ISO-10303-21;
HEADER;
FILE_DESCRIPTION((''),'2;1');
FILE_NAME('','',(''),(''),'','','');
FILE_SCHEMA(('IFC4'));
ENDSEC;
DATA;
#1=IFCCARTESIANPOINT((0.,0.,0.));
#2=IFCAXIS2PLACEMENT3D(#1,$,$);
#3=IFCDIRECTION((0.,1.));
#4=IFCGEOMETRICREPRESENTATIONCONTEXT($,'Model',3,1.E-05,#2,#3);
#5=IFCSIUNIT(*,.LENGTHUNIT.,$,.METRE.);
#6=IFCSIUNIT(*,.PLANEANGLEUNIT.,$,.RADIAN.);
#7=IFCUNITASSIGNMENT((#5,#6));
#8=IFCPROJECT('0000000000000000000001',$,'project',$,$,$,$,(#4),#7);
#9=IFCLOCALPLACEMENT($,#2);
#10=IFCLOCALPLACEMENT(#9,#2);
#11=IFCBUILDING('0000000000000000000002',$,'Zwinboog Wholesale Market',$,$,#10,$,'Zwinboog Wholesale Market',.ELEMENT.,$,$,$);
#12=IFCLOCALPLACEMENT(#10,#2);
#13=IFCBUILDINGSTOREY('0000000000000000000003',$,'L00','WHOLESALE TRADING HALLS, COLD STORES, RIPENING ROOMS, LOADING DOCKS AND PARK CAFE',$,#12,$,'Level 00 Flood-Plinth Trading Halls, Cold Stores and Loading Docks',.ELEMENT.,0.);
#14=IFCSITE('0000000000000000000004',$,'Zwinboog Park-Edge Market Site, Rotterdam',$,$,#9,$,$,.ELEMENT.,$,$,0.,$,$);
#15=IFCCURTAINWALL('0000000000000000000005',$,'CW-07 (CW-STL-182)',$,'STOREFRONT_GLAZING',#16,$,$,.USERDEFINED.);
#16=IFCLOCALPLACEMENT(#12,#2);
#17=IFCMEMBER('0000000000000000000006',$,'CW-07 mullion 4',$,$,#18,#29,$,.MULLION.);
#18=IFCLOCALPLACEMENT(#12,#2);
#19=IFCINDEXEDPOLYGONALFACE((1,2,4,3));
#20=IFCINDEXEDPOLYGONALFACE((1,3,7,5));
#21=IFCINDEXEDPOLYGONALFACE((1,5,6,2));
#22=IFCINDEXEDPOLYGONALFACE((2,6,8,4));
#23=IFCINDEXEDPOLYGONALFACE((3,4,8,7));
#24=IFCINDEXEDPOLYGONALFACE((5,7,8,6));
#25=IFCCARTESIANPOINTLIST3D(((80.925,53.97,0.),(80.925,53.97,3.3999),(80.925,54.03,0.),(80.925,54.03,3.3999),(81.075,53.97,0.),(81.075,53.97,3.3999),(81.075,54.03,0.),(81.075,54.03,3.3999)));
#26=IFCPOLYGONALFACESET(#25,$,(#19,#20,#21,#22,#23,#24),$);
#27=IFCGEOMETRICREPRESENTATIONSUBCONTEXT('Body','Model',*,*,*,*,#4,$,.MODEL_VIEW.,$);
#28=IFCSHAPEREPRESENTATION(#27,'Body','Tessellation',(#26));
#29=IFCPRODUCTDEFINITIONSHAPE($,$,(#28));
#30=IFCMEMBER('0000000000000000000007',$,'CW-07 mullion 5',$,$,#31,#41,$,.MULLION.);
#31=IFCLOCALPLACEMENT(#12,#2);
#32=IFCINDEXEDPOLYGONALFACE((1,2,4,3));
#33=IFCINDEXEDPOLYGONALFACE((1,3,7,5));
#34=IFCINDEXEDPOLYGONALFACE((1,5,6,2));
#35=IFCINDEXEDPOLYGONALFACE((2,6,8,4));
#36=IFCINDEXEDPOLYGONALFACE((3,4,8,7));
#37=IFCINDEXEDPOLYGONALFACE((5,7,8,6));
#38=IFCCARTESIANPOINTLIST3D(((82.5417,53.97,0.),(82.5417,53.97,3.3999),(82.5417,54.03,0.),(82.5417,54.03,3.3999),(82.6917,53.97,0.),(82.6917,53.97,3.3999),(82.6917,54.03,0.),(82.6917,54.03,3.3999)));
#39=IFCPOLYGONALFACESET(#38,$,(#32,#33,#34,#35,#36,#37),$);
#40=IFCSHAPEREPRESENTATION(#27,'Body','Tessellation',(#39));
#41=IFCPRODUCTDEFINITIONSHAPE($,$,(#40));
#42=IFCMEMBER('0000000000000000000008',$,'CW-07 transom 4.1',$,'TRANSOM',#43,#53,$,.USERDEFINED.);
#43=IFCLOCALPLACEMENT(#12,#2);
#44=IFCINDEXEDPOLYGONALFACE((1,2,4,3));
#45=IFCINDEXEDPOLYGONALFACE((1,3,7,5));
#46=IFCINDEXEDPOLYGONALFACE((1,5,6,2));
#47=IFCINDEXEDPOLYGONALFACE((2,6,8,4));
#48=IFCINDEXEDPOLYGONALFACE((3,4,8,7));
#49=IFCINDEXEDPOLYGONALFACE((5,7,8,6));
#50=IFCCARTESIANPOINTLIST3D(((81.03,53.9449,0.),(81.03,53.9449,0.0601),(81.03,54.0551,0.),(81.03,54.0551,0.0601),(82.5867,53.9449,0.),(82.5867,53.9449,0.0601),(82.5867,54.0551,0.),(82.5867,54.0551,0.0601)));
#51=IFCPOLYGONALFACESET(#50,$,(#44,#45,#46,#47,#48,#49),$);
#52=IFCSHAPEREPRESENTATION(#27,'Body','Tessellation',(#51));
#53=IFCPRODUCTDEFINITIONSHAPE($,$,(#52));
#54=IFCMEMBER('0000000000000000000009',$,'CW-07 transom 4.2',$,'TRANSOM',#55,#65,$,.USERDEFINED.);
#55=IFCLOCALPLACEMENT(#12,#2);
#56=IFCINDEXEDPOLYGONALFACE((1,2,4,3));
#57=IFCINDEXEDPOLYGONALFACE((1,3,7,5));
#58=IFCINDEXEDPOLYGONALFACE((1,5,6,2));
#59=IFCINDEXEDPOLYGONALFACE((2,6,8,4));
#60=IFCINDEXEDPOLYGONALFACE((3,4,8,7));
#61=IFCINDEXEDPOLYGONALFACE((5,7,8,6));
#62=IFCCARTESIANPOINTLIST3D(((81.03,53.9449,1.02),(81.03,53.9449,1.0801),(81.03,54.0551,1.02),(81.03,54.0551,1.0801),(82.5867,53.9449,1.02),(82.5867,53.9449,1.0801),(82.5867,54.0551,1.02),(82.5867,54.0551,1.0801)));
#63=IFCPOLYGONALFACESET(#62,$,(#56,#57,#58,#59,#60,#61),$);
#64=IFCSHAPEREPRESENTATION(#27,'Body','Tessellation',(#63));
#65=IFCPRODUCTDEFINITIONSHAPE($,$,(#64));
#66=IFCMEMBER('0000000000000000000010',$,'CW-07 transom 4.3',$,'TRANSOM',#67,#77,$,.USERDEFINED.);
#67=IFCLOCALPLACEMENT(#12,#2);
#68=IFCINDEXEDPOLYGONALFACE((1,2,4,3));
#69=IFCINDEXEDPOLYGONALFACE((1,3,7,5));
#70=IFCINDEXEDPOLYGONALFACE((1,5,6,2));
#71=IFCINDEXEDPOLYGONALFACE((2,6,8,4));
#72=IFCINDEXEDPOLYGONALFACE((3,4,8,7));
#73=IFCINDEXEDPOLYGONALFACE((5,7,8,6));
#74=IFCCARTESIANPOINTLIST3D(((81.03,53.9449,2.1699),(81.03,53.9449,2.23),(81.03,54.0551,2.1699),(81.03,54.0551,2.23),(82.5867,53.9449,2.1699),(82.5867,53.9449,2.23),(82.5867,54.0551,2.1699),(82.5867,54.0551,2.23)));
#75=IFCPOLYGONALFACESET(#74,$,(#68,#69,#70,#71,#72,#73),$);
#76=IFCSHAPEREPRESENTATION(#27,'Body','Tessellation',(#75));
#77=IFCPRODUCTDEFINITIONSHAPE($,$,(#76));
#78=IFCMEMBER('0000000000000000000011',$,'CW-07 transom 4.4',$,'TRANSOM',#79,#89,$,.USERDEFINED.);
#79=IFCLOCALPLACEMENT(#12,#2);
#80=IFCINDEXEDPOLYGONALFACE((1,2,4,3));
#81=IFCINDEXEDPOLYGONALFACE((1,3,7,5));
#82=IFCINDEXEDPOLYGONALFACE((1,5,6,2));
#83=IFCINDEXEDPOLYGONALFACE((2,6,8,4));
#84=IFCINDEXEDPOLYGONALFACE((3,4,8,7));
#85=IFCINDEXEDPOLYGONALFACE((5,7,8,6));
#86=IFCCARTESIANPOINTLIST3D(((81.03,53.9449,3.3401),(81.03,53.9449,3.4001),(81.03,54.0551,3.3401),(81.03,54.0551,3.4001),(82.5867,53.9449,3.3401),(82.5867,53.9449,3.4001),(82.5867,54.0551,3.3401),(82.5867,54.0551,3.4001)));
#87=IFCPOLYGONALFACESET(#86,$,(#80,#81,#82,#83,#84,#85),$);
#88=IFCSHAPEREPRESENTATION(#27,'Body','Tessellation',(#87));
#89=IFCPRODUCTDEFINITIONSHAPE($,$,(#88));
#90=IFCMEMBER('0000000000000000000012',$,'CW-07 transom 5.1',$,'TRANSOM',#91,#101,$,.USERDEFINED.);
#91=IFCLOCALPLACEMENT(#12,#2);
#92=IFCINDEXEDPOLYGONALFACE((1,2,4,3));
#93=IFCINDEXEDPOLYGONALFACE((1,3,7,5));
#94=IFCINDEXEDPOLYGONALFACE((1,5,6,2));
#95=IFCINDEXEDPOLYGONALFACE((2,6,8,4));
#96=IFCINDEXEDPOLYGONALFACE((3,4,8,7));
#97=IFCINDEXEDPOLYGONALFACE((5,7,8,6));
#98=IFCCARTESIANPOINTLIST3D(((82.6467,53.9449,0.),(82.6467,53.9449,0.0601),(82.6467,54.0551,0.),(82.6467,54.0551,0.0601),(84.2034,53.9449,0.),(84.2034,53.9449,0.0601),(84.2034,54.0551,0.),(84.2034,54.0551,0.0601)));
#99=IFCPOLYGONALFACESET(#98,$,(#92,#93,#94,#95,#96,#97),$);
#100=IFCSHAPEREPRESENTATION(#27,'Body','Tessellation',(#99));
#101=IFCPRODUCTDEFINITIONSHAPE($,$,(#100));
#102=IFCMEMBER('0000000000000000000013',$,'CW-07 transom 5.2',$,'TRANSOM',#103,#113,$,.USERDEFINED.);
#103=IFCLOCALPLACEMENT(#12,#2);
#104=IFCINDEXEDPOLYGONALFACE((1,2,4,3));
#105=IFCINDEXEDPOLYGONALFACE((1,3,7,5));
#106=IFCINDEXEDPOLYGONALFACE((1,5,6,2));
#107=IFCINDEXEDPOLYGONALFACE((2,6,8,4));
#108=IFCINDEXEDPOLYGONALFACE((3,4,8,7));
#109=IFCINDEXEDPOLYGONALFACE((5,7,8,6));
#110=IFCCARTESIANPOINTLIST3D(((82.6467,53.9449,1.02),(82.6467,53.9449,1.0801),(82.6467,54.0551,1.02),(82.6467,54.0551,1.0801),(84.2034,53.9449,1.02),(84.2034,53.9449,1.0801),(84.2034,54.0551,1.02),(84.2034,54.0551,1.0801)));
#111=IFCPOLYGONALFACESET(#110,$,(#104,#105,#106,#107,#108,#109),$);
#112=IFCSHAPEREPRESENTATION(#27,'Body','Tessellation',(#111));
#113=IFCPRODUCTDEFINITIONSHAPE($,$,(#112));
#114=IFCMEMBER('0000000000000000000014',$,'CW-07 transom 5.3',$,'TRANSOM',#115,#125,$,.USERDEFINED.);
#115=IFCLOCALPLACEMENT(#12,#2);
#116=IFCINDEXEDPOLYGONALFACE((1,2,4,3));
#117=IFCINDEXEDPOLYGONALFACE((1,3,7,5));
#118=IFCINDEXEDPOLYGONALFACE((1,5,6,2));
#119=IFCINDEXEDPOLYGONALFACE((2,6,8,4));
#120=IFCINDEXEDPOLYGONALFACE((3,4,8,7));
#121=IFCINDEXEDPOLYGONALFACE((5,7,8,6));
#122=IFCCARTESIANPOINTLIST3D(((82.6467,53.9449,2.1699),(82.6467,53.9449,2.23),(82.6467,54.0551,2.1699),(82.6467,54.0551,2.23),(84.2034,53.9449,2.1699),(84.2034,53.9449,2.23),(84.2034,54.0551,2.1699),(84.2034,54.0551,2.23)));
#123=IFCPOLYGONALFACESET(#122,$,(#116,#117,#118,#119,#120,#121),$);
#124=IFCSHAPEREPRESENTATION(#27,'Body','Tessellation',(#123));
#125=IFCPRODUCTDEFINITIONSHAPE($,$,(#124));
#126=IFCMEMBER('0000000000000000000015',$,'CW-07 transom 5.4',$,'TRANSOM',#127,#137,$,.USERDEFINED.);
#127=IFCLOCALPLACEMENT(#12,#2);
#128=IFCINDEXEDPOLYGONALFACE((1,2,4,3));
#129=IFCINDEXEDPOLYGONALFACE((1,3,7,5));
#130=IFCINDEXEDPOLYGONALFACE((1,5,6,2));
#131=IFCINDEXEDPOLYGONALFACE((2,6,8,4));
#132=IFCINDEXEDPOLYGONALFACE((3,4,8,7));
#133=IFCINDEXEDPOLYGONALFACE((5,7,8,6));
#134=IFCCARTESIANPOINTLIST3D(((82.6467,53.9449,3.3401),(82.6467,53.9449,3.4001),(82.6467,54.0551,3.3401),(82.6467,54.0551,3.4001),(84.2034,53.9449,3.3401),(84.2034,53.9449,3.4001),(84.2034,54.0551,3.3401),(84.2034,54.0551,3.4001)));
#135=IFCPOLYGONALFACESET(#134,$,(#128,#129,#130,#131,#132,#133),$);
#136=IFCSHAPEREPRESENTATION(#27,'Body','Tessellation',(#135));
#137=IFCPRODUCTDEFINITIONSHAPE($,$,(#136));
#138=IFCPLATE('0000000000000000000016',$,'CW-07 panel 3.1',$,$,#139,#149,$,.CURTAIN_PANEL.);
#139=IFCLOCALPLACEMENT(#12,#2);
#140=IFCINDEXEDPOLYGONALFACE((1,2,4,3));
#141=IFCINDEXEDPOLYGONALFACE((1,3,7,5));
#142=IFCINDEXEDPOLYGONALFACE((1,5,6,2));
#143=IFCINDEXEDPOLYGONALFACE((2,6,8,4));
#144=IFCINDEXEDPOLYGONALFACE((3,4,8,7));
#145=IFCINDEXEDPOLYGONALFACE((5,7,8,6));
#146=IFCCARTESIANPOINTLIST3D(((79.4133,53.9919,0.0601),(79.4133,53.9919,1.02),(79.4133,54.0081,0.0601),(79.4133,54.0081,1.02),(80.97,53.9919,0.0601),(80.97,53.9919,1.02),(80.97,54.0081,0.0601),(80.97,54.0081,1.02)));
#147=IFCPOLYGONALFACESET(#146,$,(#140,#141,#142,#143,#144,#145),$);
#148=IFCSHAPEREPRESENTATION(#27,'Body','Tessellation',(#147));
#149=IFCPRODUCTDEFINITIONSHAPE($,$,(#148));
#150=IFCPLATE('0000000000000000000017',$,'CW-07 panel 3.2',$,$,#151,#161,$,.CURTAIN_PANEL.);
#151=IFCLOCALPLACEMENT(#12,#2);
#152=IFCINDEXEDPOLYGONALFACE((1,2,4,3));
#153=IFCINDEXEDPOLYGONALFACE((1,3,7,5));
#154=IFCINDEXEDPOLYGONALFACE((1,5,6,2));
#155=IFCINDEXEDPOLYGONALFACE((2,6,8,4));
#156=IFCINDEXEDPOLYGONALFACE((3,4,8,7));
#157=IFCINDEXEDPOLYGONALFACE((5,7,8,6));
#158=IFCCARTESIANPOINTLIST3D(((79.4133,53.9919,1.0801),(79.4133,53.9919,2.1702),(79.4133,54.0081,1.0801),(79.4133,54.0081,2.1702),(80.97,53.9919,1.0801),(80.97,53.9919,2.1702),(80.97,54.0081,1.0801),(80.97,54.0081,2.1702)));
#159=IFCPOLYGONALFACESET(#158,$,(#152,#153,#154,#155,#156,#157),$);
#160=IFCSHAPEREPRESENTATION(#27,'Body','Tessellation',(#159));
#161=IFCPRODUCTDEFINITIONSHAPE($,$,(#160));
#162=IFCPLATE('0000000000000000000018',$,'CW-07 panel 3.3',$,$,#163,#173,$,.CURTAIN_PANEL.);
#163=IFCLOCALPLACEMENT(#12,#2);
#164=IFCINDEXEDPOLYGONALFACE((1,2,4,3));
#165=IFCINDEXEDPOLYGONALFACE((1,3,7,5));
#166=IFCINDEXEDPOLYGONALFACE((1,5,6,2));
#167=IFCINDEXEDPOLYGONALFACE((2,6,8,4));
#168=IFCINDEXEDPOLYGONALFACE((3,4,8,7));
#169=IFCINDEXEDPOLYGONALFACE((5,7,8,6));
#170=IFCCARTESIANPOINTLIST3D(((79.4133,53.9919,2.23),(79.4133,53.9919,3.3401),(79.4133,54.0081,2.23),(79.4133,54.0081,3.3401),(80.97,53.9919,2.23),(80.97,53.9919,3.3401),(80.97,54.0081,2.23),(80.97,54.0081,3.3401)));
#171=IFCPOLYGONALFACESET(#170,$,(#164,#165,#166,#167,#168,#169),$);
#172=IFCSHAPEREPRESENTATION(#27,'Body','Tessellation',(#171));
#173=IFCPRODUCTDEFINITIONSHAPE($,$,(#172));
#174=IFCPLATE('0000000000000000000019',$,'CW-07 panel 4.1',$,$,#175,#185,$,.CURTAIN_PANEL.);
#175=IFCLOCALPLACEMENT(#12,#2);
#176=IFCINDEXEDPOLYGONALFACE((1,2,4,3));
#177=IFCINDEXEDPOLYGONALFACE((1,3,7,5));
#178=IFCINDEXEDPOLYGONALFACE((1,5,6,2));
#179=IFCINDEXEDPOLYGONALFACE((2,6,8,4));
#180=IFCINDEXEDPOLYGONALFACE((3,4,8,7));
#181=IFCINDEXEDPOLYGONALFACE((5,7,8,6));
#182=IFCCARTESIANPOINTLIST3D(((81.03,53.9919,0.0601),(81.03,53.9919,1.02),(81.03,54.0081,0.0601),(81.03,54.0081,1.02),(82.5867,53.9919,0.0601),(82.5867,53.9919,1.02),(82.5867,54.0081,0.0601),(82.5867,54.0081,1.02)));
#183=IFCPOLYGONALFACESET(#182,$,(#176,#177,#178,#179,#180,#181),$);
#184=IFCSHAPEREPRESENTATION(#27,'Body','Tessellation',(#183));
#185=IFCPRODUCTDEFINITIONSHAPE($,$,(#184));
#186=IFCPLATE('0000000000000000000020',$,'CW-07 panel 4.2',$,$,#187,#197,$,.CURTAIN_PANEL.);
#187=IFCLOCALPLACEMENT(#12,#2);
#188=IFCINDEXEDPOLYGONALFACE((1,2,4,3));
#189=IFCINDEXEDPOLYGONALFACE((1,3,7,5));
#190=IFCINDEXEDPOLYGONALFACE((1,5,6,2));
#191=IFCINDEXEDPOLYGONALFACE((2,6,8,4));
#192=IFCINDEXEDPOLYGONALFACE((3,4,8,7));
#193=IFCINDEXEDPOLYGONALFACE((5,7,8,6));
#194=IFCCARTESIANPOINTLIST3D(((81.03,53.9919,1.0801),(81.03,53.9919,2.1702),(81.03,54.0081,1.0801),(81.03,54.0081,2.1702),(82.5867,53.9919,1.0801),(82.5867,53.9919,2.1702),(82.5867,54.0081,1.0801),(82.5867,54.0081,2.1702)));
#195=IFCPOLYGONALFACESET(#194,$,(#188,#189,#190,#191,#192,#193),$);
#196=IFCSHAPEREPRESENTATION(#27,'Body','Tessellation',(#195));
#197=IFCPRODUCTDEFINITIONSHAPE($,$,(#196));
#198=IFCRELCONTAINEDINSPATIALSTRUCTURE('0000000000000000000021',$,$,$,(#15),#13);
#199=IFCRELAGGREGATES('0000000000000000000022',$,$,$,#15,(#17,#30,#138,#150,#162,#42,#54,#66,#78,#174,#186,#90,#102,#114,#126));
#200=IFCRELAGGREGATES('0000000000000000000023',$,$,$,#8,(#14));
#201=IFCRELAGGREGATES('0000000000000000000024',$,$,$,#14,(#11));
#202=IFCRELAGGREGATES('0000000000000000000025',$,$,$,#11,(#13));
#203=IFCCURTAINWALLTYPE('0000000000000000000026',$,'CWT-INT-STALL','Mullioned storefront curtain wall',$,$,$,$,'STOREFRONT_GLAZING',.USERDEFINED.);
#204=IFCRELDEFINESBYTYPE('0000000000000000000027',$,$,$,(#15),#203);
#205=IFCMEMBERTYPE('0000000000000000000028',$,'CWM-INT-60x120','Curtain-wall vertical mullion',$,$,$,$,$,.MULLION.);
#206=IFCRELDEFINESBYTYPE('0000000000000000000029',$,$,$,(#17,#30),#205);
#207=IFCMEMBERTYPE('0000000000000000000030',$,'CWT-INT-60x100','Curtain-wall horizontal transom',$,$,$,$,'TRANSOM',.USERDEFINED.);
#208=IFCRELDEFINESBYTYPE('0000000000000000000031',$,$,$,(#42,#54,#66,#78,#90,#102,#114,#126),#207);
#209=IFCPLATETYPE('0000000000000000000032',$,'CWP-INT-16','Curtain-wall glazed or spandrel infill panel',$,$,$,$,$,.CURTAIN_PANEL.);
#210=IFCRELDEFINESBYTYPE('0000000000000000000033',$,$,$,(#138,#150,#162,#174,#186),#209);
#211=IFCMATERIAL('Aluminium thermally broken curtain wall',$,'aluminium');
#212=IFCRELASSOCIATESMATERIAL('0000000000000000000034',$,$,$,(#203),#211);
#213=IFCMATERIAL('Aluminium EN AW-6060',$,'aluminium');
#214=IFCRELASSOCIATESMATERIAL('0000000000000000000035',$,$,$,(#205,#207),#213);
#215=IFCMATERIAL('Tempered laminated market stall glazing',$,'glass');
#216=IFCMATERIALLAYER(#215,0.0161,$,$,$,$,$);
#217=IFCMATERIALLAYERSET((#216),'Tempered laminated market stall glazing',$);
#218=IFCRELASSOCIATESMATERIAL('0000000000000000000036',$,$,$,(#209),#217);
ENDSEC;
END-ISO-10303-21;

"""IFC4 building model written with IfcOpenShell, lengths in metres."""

from ifc_helpers import new_model, si_unit, direction, frame, origin, origin_2d, place, context, subcontext, project, spatial, rectangle, extrude, material, layer, layer_set, material_profile, profile_set, type_object, element, aggregate, save


model = new_model("IFC4")

# Units and contexts
model_context = context("Model", 3, precision=1e-05, world=origin(), true_north=direction((0.0, 1.0)))
body_context = subcontext(model_context, "Body", "Model", "MODEL_VIEW")
ifc_project = project(units=[si_unit("LENGTHUNIT", "METRE"), si_unit("PLANEANGLEUNIT", "RADIAN")], contexts=[model_context])

# Site, building, storey
site_placement = place(None, origin())
site = spatial("IfcSite", under=ifc_project, at=site_placement, Name="Zwinboog Park-Edge Market Site, Rotterdam", CompositionType="ELEMENT", RefElevation=0.0)
building_placement = place(site_placement, origin())
building = spatial("IfcBuilding", under=site, at=building_placement, Name="Zwinboog Wholesale Market", LongName="Zwinboog Wholesale Market", CompositionType="ELEMENT")
storey_placement = place(building_placement, origin())
storey = spatial("IfcBuildingStorey", under=building, at=storey_placement, Name="L00", Description="WHOLESALE TRADING HALLS, COLD STORES, RIPENING ROOMS, LOADING DOCKS AND PARK CAFE", LongName="Level 00 Flood-Plinth Trading Halls, Cold Stores and Loading Docks", CompositionType="ELEMENT", Elevation=0.0)

# Curtain wall, members, plates
ifc_material_1 = material(Name="Aluminium thermally broken curtain wall", Category="aluminium")
curtain_wall_type = type_object("IfcCurtainWallType", Name="CWT-INT-STALL", Description="Mullioned storefront curtain wall", ElementType="STOREFRONT_GLAZING", PredefinedType="USERDEFINED", material=ifc_material_1)
curtain_wall_placement = place(storey_placement, origin())
curtain_wall = element("IfcCurtainWall", 1, at=curtain_wall_placement, inside=storey, type_object=curtain_wall_type, Name="CW-07 (CW-STL-182)", ObjectType="STOREFRONT_GLAZING", PredefinedType="USERDEFINED")
ifc_material_2 = material(Name="Aluminium EN AW-6060", Category="aluminium")
ifc_material_profile_1 = material_profile(ifc_material_2, rectangle(XDim=0.0601, YDim=0.1499, at=origin_2d()), Name="AL 60x150")
ifc_profile_set_1 = profile_set([ifc_material_profile_1], Name="Aluminium EN AW-6060")
member_type_1 = type_object("IfcMemberType", Name="CWM-INT-60x120", Description="Curtain-wall vertical mullion", PredefinedType="MULLION", material=ifc_profile_set_1)
member_1_placement = place(storey_placement, frame((81.0, 54.0, 0.0), z_axis=(0.0, 0.0, 1.0), x_axis=(0.0, 1.0, 0.0)))
member_1 = element("IfcMember", 2, at=member_1_placement, type_object=member_type_1, Name="CW-07 mullion 4", PredefinedType="MULLION", context=body_context, shape_type="SweptSolid", body=[
    extrude(rectangle(XDim=0.0601, YDim=0.1499, at=origin_2d()), origin(), (0.0, 0.0, 1.0), 3.3999),
])
member_2_placement = place(storey_placement, frame((82.6167, 54.0, 0.0), z_axis=(0.0, 0.0, 1.0), x_axis=(0.0, 1.0, 0.0)))
member_2 = element("IfcMember", 3, at=member_2_placement, type_object=member_type_1, Name="CW-07 mullion 5", PredefinedType="MULLION", context=body_context, shape_type="SweptSolid", body=[
    extrude(rectangle(XDim=0.0601, YDim=0.1499, at=origin_2d()), origin(), (0.0, 0.0, 1.0), 3.3999),
])
ifc_material_profile_2 = material_profile(ifc_material_2, rectangle(XDim=0.1101, YDim=0.0601, at=origin_2d()), Name="AL 60x110")
ifc_profile_set_2 = profile_set([ifc_material_profile_2], Name="Aluminium EN AW-6060")
member_type_2 = type_object("IfcMemberType", Name="CWT-INT-60x100", Description="Curtain-wall horizontal transom", ElementType="TRANSOM", PredefinedType="USERDEFINED", material=ifc_profile_set_2)
member_3_placement = place(storey_placement, frame((81.03, 54.0, 0.03), z_axis=(1.0, 0.0, 0.0), x_axis=(0.0, 1.0, 0.0)))
member_3 = element("IfcMember", 4, at=member_3_placement, type_object=member_type_2, Name="CW-07 transom 4.1", ObjectType="TRANSOM", PredefinedType="USERDEFINED", context=body_context, shape_type="SweptSolid", body=[
    extrude(rectangle(XDim=0.1101, YDim=0.0601, at=origin_2d()), origin(), (0.0, 0.0, 1.0), 1.5566),
])
member_4_placement = place(storey_placement, frame((81.03, 54.0, 1.05), z_axis=(1.0, 0.0, 0.0), x_axis=(0.0, 1.0, 0.0)))
member_4 = element("IfcMember", 5, at=member_4_placement, type_object=member_type_2, Name="CW-07 transom 4.2", ObjectType="TRANSOM", PredefinedType="USERDEFINED", context=body_context, shape_type="SweptSolid", body=[
    extrude(rectangle(XDim=0.1101, YDim=0.0601, at=origin_2d()), origin(), (0.0, 0.0, 1.0), 1.5566),
])
member_5_placement = place(storey_placement, frame((81.03, 54.0, 2.2), z_axis=(1.0, 0.0, 0.0), x_axis=(0.0, 1.0, 0.0)))
member_5 = element("IfcMember", 6, at=member_5_placement, type_object=member_type_2, Name="CW-07 transom 4.3", ObjectType="TRANSOM", PredefinedType="USERDEFINED", context=body_context, shape_type="SweptSolid", body=[
    extrude(rectangle(XDim=0.1101, YDim=0.0601, at=origin_2d()), origin(), (0.0, 0.0, 1.0), 1.5566),
])
member_6_placement = place(storey_placement, frame((81.03, 54.0, 3.3701), z_axis=(1.0, 0.0, 0.0), x_axis=(0.0, 1.0, 0.0)))
member_6 = element("IfcMember", 7, at=member_6_placement, type_object=member_type_2, Name="CW-07 transom 4.4", ObjectType="TRANSOM", PredefinedType="USERDEFINED", context=body_context, shape_type="SweptSolid", body=[
    extrude(rectangle(XDim=0.1101, YDim=0.0601, at=origin_2d()), origin(), (0.0, 0.0, 1.0), 1.5566),
])
member_7_placement = place(storey_placement, frame((82.6467, 54.0, 0.03), z_axis=(1.0, 0.0, 0.0), x_axis=(0.0, 1.0, 0.0)))
member_7 = element("IfcMember", 8, at=member_7_placement, type_object=member_type_2, Name="CW-07 transom 5.1", ObjectType="TRANSOM", PredefinedType="USERDEFINED", context=body_context, shape_type="SweptSolid", body=[
    extrude(rectangle(XDim=0.1101, YDim=0.0601, at=origin_2d()), origin(), (0.0, 0.0, 1.0), 1.5566),
])
member_8_placement = place(storey_placement, frame((82.6467, 54.0, 1.05), z_axis=(1.0, 0.0, 0.0), x_axis=(0.0, 1.0, 0.0)))
member_8 = element("IfcMember", 9, at=member_8_placement, type_object=member_type_2, Name="CW-07 transom 5.2", ObjectType="TRANSOM", PredefinedType="USERDEFINED", context=body_context, shape_type="SweptSolid", body=[
    extrude(rectangle(XDim=0.1101, YDim=0.0601, at=origin_2d()), origin(), (0.0, 0.0, 1.0), 1.5566),
])
member_9_placement = place(storey_placement, frame((82.6467, 54.0, 2.2), z_axis=(1.0, 0.0, 0.0), x_axis=(0.0, 1.0, 0.0)))
member_9 = element("IfcMember", 10, at=member_9_placement, type_object=member_type_2, Name="CW-07 transom 5.3", ObjectType="TRANSOM", PredefinedType="USERDEFINED", context=body_context, shape_type="SweptSolid", body=[
    extrude(rectangle(XDim=0.1101, YDim=0.0601, at=origin_2d()), origin(), (0.0, 0.0, 1.0), 1.5566),
])
member_10_placement = place(storey_placement, frame((82.6467, 54.0, 3.3701), z_axis=(1.0, 0.0, 0.0), x_axis=(0.0, 1.0, 0.0)))
member_10 = element("IfcMember", 11, at=member_10_placement, type_object=member_type_2, Name="CW-07 transom 5.4", ObjectType="TRANSOM", PredefinedType="USERDEFINED", context=body_context, shape_type="SweptSolid", body=[
    extrude(rectangle(XDim=0.1101, YDim=0.0601, at=origin_2d()), origin(), (0.0, 0.0, 1.0), 1.5566),
])
ifc_material_3 = material(Name="Tempered laminated market stall glazing", Category="glass")
ifc_layer_1 = layer(ifc_material_3, 0.0161)
ifc_layer_set_1 = layer_set([ifc_layer_1], Name="Tempered laminated market stall glazing")
plate_type = type_object("IfcPlateType", Name="CWP-INT-16", Description="Curtain-wall glazed or spandrel infill panel", PredefinedType="CURTAIN_PANEL", material=ifc_layer_set_1)
plate_1_placement = place(storey_placement, frame((80.1917, 54.0, 0.0601), z_axis=(0.0, 0.0, 1.0), x_axis=(1.0, 0.0, 0.0)))
plate_1 = element("IfcPlate", 12, at=plate_1_placement, type_object=plate_type, Name="CW-07 panel 3.1", PredefinedType="CURTAIN_PANEL", context=body_context, shape_type="SweptSolid", body=[
    extrude(rectangle(XDim=1.5566, YDim=0.0161, at=origin_2d()), origin(), (0.0, 0.0, 1.0), 0.96),
])
plate_2_placement = place(storey_placement, frame((80.1917, 54.0, 1.0801), z_axis=(0.0, 0.0, 1.0), x_axis=(1.0, 0.0, 0.0)))
plate_2 = element("IfcPlate", 13, at=plate_2_placement, type_object=plate_type, Name="CW-07 panel 3.2", PredefinedType="CURTAIN_PANEL", context=body_context, shape_type="SweptSolid", body=[
    extrude(rectangle(XDim=1.5566, YDim=0.0161, at=origin_2d()), origin(), (0.0, 0.0, 1.0), 1.0901),
])
plate_3_placement = place(storey_placement, frame((80.1917, 54.0, 2.23), z_axis=(0.0, 0.0, 1.0), x_axis=(1.0, 0.0, 0.0)))
plate_3 = element("IfcPlate", 14, at=plate_3_placement, type_object=plate_type, Name="CW-07 panel 3.3", PredefinedType="CURTAIN_PANEL", context=body_context, shape_type="SweptSolid", body=[
    extrude(rectangle(XDim=1.5566, YDim=0.0161, at=origin_2d()), origin(), (0.0, 0.0, 1.0), 1.1101),
])
plate_4_placement = place(storey_placement, frame((81.8083, 54.0, 0.0601), z_axis=(0.0, 0.0, 1.0), x_axis=(1.0, 0.0, 0.0)))
plate_4 = element("IfcPlate", 15, at=plate_4_placement, type_object=plate_type, Name="CW-07 panel 4.1", PredefinedType="CURTAIN_PANEL", context=body_context, shape_type="SweptSolid", body=[
    extrude(rectangle(XDim=1.5566, YDim=0.0161, at=origin_2d()), origin(), (0.0, 0.0, 1.0), 0.96),
])
plate_5_placement = place(storey_placement, frame((81.8083, 54.0, 1.0801), z_axis=(0.0, 0.0, 1.0), x_axis=(1.0, 0.0, 0.0)))
plate_5 = element("IfcPlate", 16, at=plate_5_placement, type_object=plate_type, Name="CW-07 panel 4.2", PredefinedType="CURTAIN_PANEL", context=body_context, shape_type="SweptSolid", body=[
    extrude(rectangle(XDim=1.5566, YDim=0.0161, at=origin_2d()), origin(), (0.0, 0.0, 1.0), 1.0901),
])
aggregate(curtain_wall, [member_1, member_2, plate_1, plate_2, plate_3, member_3, member_4, member_5, member_6, plate_4, plate_5, member_7, member_8, member_9, member_10])

save(model, "model.ifc")
